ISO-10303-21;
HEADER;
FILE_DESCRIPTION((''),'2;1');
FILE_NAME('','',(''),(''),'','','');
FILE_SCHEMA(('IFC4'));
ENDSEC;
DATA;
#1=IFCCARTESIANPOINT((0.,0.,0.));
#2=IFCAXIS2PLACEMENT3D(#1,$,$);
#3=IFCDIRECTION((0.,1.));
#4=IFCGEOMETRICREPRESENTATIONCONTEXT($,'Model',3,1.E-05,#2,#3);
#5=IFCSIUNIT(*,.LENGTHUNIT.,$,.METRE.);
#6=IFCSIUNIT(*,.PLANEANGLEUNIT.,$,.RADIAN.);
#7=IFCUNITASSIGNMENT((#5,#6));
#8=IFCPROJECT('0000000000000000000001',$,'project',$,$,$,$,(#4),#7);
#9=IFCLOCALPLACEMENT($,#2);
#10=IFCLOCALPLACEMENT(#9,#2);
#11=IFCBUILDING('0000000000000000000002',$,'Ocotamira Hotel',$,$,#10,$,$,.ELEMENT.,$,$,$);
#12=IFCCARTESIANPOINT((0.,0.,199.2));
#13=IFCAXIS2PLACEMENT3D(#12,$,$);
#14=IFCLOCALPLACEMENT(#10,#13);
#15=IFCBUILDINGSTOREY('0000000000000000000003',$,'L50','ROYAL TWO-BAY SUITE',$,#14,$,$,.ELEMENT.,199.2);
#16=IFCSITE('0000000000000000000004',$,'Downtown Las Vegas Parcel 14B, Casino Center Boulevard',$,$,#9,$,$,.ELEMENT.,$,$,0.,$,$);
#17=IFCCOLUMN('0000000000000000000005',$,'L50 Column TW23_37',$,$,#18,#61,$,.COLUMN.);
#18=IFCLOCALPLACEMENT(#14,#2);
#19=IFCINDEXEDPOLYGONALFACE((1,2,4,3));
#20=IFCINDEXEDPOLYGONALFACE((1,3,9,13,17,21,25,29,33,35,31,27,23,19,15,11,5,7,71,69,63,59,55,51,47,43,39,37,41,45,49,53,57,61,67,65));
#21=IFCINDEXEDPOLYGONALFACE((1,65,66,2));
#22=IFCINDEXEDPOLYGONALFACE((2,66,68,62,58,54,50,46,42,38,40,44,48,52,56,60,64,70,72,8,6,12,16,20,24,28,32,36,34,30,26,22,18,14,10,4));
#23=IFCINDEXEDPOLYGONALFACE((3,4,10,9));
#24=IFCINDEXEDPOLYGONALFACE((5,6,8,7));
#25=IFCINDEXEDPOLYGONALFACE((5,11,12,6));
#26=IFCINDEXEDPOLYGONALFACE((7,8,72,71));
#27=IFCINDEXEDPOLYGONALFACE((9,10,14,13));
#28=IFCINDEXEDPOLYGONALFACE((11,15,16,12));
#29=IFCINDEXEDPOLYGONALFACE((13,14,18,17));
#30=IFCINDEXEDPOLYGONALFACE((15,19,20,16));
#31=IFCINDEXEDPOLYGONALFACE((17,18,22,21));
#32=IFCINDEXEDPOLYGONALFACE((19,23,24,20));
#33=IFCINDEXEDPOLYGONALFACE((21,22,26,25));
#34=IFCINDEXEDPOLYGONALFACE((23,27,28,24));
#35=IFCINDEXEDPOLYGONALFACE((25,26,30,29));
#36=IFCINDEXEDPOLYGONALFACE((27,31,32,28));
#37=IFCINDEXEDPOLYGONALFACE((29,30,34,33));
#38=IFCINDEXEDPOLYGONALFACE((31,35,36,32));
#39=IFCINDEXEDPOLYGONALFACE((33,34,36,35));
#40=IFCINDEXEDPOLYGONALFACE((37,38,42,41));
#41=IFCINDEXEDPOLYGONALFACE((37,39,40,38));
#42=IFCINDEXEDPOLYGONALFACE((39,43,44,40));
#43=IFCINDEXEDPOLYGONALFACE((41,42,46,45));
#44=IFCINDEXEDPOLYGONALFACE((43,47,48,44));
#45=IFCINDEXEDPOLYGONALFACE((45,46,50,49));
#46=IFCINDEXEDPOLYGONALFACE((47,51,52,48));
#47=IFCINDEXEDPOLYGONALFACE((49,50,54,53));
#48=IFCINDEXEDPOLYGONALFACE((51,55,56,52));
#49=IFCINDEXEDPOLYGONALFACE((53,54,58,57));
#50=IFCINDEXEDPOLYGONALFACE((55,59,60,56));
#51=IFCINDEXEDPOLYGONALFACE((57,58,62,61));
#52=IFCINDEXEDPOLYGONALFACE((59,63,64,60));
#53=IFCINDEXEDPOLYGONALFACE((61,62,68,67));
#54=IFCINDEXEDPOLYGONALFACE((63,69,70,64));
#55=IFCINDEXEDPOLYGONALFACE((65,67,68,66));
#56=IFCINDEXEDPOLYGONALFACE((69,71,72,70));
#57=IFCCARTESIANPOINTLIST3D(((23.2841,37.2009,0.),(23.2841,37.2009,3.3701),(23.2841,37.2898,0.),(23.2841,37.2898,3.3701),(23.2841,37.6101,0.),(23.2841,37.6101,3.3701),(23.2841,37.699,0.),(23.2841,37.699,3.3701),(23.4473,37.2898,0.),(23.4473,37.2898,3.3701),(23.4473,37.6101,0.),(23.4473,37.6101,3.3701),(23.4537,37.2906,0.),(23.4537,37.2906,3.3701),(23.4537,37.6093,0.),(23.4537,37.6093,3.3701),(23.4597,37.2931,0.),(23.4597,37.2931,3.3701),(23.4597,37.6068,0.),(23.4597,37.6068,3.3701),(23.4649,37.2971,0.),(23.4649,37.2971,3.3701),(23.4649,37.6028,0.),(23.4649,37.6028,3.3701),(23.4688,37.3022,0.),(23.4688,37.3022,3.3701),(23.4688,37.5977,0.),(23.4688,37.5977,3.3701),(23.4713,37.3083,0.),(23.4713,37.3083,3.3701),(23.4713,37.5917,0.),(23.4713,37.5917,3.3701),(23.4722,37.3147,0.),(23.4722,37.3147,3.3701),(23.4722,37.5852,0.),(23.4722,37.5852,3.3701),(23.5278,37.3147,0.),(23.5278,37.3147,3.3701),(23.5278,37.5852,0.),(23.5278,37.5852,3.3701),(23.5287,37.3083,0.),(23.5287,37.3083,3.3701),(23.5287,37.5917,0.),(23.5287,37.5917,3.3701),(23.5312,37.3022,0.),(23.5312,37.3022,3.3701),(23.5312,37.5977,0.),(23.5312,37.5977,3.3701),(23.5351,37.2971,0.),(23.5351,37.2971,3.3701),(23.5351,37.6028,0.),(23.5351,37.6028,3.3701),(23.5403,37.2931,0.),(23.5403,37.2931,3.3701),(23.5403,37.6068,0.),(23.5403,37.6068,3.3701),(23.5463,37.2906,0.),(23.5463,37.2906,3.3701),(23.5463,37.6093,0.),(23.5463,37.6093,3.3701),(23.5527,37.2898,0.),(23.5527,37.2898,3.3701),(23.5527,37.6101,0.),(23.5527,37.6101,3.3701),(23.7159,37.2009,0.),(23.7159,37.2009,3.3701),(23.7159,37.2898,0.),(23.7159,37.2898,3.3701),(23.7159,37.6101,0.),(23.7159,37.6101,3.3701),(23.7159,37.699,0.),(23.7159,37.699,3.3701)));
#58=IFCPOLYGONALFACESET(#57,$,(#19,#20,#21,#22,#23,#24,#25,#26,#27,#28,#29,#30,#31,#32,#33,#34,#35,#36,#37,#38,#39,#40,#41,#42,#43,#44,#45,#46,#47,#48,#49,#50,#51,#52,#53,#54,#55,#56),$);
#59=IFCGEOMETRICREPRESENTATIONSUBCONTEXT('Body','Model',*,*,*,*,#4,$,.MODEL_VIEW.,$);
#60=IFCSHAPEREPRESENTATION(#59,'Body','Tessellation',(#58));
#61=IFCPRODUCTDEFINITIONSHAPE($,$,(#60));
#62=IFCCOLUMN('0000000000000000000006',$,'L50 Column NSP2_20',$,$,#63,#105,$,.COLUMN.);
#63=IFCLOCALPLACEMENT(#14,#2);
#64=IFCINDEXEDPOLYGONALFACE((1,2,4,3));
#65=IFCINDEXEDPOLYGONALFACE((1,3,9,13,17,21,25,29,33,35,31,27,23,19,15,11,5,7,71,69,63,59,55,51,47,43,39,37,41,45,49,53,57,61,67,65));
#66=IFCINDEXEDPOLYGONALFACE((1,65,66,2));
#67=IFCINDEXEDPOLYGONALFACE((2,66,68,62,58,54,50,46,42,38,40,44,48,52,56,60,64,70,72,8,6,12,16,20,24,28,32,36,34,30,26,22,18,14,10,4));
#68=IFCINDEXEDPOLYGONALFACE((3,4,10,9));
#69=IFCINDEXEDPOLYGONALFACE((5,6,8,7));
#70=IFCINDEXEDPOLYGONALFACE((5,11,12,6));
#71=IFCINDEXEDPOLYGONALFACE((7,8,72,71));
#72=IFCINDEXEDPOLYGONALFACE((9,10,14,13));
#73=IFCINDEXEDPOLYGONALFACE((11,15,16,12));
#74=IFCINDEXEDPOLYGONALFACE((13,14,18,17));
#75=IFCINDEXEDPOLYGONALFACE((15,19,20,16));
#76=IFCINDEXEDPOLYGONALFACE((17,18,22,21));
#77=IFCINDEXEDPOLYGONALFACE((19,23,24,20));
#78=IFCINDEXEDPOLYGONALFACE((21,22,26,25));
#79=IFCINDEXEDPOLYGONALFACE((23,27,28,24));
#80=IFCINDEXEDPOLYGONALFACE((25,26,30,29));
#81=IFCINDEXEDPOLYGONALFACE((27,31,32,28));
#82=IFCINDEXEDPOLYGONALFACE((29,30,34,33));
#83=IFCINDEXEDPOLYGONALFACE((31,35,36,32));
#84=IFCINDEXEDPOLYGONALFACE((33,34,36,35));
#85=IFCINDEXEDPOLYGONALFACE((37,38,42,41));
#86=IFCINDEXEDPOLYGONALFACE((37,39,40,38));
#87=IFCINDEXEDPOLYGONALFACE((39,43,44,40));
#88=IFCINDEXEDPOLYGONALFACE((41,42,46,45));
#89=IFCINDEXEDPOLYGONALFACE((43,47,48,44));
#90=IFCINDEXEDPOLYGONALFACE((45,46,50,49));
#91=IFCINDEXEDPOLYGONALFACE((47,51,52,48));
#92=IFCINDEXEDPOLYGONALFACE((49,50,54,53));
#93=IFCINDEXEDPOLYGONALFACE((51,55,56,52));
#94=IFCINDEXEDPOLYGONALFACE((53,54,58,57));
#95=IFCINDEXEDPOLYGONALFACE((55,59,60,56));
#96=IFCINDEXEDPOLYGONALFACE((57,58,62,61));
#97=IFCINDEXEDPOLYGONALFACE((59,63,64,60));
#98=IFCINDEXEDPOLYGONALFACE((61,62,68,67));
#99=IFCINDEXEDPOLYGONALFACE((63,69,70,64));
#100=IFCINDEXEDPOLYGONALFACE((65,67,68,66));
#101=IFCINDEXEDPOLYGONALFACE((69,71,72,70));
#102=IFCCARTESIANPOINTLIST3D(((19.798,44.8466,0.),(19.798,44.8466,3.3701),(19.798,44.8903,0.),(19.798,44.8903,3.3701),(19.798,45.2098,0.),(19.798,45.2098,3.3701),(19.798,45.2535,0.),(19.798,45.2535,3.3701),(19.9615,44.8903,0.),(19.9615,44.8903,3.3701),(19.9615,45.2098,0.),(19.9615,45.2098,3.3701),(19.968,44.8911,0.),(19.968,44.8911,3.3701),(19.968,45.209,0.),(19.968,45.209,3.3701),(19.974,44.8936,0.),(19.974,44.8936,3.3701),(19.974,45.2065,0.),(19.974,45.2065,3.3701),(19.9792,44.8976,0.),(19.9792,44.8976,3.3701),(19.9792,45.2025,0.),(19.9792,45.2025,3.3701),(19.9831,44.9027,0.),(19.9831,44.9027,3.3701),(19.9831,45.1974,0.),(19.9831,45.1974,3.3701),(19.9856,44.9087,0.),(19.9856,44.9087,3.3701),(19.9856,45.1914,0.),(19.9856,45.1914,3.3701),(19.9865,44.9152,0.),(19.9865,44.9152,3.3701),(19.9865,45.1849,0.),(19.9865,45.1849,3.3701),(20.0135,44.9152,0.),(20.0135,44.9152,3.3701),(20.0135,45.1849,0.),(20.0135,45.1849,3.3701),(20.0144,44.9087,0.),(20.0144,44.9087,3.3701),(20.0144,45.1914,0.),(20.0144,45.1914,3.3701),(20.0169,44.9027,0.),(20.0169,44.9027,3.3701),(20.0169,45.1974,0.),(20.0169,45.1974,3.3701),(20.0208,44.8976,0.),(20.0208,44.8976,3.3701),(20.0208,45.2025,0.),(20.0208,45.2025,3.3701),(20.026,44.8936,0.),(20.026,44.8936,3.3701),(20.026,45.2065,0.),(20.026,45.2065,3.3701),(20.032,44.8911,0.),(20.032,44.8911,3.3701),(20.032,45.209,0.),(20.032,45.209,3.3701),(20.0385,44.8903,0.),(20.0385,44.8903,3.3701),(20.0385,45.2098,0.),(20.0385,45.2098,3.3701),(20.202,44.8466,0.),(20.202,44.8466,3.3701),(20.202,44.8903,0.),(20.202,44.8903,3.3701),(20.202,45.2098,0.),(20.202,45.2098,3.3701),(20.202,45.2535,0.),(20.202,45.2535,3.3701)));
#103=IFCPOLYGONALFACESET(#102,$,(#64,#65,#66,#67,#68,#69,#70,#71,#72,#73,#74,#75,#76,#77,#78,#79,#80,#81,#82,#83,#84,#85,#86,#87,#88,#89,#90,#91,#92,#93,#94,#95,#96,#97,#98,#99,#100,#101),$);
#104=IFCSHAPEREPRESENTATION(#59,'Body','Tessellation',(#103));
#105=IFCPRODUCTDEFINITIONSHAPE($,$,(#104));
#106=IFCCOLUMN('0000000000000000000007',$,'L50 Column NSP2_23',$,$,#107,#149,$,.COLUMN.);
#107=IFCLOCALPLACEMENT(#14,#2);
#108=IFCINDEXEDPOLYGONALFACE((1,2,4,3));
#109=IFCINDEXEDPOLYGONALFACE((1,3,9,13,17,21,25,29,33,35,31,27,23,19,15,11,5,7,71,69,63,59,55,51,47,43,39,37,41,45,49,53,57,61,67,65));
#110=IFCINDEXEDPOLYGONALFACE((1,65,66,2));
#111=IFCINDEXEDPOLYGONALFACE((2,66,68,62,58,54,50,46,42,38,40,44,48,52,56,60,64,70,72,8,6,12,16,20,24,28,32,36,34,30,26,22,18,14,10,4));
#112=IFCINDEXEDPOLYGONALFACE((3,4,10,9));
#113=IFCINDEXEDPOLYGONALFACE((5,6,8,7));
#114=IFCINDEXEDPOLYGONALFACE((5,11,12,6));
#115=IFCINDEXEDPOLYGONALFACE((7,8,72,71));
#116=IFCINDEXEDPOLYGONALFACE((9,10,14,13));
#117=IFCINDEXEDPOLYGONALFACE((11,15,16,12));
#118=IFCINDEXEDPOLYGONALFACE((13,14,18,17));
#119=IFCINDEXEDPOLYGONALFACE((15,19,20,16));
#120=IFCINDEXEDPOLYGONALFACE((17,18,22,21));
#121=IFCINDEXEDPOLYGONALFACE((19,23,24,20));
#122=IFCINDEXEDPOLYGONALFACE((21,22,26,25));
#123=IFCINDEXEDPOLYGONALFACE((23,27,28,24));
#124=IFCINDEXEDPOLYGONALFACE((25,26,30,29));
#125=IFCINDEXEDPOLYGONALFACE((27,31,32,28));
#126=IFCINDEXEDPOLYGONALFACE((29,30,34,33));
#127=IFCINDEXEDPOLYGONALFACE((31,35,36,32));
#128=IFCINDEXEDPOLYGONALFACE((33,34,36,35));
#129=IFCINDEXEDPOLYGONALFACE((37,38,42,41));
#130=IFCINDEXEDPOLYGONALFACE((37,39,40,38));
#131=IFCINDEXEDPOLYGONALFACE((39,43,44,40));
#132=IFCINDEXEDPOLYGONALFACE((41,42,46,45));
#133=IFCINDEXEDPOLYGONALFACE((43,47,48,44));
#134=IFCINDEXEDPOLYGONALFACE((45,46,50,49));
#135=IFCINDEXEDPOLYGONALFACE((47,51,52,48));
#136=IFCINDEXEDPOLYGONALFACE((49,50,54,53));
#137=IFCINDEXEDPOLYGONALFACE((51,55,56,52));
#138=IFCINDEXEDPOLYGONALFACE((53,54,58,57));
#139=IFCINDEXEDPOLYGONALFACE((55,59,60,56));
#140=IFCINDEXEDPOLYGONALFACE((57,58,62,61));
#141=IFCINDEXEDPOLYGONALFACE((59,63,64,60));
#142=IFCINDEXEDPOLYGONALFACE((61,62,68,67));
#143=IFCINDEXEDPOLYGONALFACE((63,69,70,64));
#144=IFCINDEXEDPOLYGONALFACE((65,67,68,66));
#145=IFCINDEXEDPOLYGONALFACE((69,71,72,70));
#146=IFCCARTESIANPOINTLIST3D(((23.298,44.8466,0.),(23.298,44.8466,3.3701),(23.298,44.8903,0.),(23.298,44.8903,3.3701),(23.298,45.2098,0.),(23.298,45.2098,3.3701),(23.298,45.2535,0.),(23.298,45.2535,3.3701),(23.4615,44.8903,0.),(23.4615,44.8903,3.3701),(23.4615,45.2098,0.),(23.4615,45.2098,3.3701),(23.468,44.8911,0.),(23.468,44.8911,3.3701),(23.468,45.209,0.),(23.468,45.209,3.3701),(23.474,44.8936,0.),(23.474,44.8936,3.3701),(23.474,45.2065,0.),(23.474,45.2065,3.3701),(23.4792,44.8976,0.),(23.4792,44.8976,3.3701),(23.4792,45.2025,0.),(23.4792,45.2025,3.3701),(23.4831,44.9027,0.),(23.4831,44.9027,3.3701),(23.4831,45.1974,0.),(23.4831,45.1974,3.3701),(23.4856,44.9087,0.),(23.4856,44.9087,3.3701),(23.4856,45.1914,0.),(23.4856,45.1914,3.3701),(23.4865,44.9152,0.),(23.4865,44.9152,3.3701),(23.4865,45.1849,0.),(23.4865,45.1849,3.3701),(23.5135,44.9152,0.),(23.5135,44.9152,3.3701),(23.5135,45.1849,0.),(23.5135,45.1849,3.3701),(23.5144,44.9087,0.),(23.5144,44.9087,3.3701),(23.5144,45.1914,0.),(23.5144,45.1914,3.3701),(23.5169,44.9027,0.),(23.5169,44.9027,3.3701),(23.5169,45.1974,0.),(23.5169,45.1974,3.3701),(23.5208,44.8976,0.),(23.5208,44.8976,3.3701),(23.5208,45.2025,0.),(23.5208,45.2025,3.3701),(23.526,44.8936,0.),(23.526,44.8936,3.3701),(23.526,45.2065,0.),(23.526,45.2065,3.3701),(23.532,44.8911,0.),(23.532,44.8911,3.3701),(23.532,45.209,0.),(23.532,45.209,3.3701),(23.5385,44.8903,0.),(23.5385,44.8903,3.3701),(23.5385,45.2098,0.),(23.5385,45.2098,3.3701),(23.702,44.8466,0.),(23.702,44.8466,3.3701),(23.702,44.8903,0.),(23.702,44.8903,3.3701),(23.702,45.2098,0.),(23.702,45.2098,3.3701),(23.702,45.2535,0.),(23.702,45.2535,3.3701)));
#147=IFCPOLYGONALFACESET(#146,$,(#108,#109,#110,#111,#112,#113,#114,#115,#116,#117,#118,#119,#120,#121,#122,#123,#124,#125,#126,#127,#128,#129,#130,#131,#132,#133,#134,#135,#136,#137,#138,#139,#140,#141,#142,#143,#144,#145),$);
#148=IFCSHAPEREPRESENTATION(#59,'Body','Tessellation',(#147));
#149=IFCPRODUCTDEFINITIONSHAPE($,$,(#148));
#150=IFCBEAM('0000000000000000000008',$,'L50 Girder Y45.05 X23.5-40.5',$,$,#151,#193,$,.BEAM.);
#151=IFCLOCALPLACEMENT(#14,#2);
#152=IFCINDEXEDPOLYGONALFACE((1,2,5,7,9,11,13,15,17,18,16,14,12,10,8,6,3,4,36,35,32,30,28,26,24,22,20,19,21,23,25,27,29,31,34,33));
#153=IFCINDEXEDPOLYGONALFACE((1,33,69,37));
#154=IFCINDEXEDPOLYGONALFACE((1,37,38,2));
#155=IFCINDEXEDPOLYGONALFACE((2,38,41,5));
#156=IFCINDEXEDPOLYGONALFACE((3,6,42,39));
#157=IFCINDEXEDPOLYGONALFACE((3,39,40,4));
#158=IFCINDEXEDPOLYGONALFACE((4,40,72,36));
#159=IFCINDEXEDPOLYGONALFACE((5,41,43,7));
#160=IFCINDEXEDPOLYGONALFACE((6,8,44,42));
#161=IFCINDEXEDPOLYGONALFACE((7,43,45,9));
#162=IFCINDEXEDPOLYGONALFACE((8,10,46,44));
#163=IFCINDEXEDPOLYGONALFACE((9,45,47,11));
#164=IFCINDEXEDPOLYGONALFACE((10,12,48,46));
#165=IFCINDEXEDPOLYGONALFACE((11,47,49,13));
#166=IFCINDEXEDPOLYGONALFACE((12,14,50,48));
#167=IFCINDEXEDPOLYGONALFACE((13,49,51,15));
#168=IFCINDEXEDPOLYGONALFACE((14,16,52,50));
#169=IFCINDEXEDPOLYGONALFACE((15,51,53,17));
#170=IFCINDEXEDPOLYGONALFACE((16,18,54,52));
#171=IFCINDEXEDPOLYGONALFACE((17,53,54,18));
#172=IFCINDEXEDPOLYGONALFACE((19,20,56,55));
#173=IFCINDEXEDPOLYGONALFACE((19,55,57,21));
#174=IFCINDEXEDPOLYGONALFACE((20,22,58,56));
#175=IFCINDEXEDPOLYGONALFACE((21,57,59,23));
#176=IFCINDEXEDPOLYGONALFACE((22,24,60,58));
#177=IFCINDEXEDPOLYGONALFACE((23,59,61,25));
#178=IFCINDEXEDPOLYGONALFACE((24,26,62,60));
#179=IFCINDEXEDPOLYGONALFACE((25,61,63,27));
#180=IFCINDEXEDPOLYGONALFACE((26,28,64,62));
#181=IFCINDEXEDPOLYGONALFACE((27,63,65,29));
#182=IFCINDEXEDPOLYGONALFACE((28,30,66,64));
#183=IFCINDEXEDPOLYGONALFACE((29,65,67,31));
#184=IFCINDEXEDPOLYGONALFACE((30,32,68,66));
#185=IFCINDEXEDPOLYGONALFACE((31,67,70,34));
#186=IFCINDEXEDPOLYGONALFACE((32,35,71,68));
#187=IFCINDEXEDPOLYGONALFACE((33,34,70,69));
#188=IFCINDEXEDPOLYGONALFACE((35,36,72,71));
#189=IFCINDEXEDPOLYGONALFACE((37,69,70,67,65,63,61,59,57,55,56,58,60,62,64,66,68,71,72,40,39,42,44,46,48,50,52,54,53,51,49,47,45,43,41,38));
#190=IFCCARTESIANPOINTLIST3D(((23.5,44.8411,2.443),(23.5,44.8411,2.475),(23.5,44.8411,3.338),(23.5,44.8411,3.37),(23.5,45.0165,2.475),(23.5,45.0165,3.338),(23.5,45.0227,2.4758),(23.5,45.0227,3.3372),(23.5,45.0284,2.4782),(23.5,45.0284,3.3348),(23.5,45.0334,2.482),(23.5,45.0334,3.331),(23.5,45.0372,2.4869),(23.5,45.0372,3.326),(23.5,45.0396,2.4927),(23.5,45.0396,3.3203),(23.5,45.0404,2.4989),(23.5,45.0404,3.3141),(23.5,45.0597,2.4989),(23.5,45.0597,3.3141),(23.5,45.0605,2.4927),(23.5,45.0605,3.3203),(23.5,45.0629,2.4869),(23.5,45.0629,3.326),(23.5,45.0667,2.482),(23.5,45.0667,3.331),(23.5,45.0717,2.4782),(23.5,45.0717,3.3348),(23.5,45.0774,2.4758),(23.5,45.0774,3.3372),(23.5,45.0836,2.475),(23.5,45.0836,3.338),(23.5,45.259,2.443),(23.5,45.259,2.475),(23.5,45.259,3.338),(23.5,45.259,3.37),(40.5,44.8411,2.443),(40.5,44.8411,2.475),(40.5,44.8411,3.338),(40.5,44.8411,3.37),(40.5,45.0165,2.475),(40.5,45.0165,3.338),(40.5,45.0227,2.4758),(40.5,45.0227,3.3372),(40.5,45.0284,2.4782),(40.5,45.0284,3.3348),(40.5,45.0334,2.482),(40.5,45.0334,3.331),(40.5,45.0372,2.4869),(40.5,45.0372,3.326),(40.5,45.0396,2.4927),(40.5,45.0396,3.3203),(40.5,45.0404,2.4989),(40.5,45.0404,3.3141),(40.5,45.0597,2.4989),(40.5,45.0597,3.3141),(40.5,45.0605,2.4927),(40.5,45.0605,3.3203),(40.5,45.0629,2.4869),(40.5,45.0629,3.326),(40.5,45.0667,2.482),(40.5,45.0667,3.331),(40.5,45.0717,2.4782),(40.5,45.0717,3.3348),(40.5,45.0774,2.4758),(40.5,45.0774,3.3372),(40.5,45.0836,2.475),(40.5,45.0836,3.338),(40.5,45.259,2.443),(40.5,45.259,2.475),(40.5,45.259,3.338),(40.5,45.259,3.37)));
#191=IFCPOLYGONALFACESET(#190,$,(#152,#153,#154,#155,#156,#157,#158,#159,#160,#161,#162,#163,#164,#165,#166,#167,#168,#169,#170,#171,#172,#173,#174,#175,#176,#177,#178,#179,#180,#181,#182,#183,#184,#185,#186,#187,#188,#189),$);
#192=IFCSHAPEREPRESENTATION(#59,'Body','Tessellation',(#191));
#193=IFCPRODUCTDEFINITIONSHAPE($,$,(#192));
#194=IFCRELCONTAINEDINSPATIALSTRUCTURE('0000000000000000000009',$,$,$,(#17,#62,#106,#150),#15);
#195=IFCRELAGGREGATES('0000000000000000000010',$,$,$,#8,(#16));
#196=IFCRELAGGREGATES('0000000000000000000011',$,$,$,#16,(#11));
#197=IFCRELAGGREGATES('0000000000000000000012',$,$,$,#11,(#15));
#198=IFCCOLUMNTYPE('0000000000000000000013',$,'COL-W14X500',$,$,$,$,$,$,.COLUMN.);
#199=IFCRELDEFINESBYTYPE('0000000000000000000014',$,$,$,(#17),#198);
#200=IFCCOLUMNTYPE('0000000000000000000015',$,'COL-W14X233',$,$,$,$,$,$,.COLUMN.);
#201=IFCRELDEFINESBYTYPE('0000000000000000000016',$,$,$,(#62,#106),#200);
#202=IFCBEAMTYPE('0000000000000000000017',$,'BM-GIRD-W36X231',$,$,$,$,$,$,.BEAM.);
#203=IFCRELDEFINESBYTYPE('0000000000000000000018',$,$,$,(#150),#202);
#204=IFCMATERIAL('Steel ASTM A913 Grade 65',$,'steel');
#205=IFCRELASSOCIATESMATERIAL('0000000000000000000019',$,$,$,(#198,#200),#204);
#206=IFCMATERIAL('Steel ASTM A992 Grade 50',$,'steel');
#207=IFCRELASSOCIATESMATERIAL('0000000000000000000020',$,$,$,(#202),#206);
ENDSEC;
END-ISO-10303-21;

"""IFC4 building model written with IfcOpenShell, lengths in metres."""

from ifc_helpers import new_model, si_unit, direction, frame, origin, origin_2d, place, context, subcontext, project, spatial, i_section, extrude, source, transform, mapped, material, material_profile, profile_set, type_object, element, save


model = new_model("IFC4")

# Units and contexts
model_context = context("Model", 3, precision=1e-05, world=origin(), true_north=direction((0.0, 1.0)))
body_context = subcontext(model_context, "Body", "Model", "MODEL_VIEW")
ifc_project = project(units=[si_unit("LENGTHUNIT", "METRE"), si_unit("PLANEANGLEUNIT", "RADIAN")], contexts=[model_context])

# Site, building, storey
site_placement = place(None, origin())
site = spatial("IfcSite", under=ifc_project, at=site_placement, Name="Downtown Las Vegas Parcel 14B, Casino Center Boulevard", CompositionType="ELEMENT", RefElevation=0.0)
building_placement = place(site_placement, origin())
building = spatial("IfcBuilding", under=site, at=building_placement, Name="Ocotamira Hotel", CompositionType="ELEMENT")
storey_placement = place(building_placement, frame((0.0, 0.0, 199.2)))
storey = spatial("IfcBuildingStorey", under=building, at=storey_placement, Name="L50", Description="ROYAL TWO-BAY SUITE", CompositionType="ELEMENT", Elevation=199.2)

# Columns
ifc_material_1 = material(Name="Steel ASTM A913 Grade 65", Category="steel")
ifc_material_profile_1 = material_profile(ifc_material_1, i_section(OverallWidth=0.4319, OverallDepth=0.498, WebThickness=0.0557, FlangeThickness=0.0889, FilletRadius=0.0249, at=origin_2d()), Name="W14X500")
ifc_profile_set_1 = profile_set([ifc_material_profile_1], Name="Steel ASTM A913 Grade 65")
column_type_1 = type_object("IfcColumnType", Name="COL-W14X500", PredefinedType="COLUMN", material=ifc_profile_set_1)
shared_shape_1 = source(origin(), body_context, "Body", "SweptSolid", [
    extrude(i_section(OverallWidth=0.4319, OverallDepth=0.498, WebThickness=0.0557, FlangeThickness=0.0889, FilletRadius=0.0249, at=origin_2d()), origin(), (0.0, 0.0, 1.0), 3.3701),
])
column_placement = place(storey_placement, frame((23.5, 37.45, 0.0), z_axis=(0.0, 0.0, 1.0), x_axis=(1.0, 0.0, 0.0)))
element("IfcColumn", 1, at=column_placement, inside=storey, type_object=column_type_1, Name="L50 Column TW23_37", PredefinedType="COLUMN", context=body_context, shape_type="MappedRepresentation", body=[
    mapped(shared_shape_1, transform((0.0, 0.0, 0.0), scale=1.0)),
])
ifc_material_profile_2 = material_profile(ifc_material_1, i_section(OverallWidth=0.4041, OverallDepth=0.407, WebThickness=0.0271, FlangeThickness=0.0437, FilletRadius=0.0249, at=origin_2d()), Name="W14X233")
ifc_profile_set_2 = profile_set([ifc_material_profile_2], Name="Steel ASTM A913 Grade 65")
column_type_2 = type_object("IfcColumnType", Name="COL-W14X233", PredefinedType="COLUMN", material=ifc_profile_set_2)
shared_shape_2 = source(origin(), body_context, "Body", "SweptSolid", [
    extrude(i_section(OverallWidth=0.4041, OverallDepth=0.407, WebThickness=0.0271, FlangeThickness=0.0437, FilletRadius=0.0249, at=origin_2d()), origin(), (0.0, 0.0, 1.0), 3.3701),
])
for number, where, z_axis, x_axis, name in (
    (2, (20.0, 45.05, 0.0), (0.0, 0.0, 1.0), (1.0, 0.0, 0.0), "L50 Column NSP2_20"),
    (3, (23.5, 45.05, 0.0), (0.0, 0.0, 1.0), (1.0, 0.0, 0.0), "L50 Column NSP2_23"),
):
    element("IfcColumn", number, at=place(storey_placement, frame(where, z_axis=z_axis, x_axis=x_axis)), inside=storey, type_object=column_type_2, Name=name, PredefinedType="COLUMN", context=body_context, shape_type="MappedRepresentation", body=[
        mapped(shared_shape_2, transform((0.0, 0.0, 0.0), scale=1.0)),
    ])

# Beam
ifc_material_2 = material(Name="Steel ASTM A992 Grade 50", Category="steel")
ifc_material_profile_3 = material_profile(ifc_material_2, i_section(OverallWidth=0.418, OverallDepth=0.927, WebThickness=0.0193, FlangeThickness=0.032, FilletRadius=0.0239, at=origin_2d()), Name="W36X231")
ifc_profile_set_3 = profile_set([ifc_material_profile_3], Name="Steel ASTM A992 Grade 50")
beam_type_1 = type_object("IfcBeamType", Name="BM-GIRD-W36X231", PredefinedType="BEAM", material=ifc_profile_set_3)
shared_shape_3 = source(origin(), body_context, "Body", "SweptSolid", [
    extrude(i_section(OverallWidth=0.418, OverallDepth=0.927, WebThickness=0.0193, FlangeThickness=0.032, FilletRadius=0.0239, at=origin_2d()), origin(), (0.0, 0.0, 1.0), 17.0),
])
beam_1_placement = place(storey_placement, frame((23.5, 45.05, 2.9065), z_axis=(1.0, 0.0, 0.0), x_axis=(0.0, 1.0, 0.0)))
element("IfcBeam", 4, at=beam_1_placement, inside=storey, type_object=beam_type_1, Name="L50 Girder Y45.05 X23.5-40.5", PredefinedType="BEAM", context=body_context, shape_type="MappedRepresentation", body=[
    mapped(shared_shape_3, transform((0.0, 0.0, 0.0), scale=1.0)),
])

save(model, "model.ifc")
